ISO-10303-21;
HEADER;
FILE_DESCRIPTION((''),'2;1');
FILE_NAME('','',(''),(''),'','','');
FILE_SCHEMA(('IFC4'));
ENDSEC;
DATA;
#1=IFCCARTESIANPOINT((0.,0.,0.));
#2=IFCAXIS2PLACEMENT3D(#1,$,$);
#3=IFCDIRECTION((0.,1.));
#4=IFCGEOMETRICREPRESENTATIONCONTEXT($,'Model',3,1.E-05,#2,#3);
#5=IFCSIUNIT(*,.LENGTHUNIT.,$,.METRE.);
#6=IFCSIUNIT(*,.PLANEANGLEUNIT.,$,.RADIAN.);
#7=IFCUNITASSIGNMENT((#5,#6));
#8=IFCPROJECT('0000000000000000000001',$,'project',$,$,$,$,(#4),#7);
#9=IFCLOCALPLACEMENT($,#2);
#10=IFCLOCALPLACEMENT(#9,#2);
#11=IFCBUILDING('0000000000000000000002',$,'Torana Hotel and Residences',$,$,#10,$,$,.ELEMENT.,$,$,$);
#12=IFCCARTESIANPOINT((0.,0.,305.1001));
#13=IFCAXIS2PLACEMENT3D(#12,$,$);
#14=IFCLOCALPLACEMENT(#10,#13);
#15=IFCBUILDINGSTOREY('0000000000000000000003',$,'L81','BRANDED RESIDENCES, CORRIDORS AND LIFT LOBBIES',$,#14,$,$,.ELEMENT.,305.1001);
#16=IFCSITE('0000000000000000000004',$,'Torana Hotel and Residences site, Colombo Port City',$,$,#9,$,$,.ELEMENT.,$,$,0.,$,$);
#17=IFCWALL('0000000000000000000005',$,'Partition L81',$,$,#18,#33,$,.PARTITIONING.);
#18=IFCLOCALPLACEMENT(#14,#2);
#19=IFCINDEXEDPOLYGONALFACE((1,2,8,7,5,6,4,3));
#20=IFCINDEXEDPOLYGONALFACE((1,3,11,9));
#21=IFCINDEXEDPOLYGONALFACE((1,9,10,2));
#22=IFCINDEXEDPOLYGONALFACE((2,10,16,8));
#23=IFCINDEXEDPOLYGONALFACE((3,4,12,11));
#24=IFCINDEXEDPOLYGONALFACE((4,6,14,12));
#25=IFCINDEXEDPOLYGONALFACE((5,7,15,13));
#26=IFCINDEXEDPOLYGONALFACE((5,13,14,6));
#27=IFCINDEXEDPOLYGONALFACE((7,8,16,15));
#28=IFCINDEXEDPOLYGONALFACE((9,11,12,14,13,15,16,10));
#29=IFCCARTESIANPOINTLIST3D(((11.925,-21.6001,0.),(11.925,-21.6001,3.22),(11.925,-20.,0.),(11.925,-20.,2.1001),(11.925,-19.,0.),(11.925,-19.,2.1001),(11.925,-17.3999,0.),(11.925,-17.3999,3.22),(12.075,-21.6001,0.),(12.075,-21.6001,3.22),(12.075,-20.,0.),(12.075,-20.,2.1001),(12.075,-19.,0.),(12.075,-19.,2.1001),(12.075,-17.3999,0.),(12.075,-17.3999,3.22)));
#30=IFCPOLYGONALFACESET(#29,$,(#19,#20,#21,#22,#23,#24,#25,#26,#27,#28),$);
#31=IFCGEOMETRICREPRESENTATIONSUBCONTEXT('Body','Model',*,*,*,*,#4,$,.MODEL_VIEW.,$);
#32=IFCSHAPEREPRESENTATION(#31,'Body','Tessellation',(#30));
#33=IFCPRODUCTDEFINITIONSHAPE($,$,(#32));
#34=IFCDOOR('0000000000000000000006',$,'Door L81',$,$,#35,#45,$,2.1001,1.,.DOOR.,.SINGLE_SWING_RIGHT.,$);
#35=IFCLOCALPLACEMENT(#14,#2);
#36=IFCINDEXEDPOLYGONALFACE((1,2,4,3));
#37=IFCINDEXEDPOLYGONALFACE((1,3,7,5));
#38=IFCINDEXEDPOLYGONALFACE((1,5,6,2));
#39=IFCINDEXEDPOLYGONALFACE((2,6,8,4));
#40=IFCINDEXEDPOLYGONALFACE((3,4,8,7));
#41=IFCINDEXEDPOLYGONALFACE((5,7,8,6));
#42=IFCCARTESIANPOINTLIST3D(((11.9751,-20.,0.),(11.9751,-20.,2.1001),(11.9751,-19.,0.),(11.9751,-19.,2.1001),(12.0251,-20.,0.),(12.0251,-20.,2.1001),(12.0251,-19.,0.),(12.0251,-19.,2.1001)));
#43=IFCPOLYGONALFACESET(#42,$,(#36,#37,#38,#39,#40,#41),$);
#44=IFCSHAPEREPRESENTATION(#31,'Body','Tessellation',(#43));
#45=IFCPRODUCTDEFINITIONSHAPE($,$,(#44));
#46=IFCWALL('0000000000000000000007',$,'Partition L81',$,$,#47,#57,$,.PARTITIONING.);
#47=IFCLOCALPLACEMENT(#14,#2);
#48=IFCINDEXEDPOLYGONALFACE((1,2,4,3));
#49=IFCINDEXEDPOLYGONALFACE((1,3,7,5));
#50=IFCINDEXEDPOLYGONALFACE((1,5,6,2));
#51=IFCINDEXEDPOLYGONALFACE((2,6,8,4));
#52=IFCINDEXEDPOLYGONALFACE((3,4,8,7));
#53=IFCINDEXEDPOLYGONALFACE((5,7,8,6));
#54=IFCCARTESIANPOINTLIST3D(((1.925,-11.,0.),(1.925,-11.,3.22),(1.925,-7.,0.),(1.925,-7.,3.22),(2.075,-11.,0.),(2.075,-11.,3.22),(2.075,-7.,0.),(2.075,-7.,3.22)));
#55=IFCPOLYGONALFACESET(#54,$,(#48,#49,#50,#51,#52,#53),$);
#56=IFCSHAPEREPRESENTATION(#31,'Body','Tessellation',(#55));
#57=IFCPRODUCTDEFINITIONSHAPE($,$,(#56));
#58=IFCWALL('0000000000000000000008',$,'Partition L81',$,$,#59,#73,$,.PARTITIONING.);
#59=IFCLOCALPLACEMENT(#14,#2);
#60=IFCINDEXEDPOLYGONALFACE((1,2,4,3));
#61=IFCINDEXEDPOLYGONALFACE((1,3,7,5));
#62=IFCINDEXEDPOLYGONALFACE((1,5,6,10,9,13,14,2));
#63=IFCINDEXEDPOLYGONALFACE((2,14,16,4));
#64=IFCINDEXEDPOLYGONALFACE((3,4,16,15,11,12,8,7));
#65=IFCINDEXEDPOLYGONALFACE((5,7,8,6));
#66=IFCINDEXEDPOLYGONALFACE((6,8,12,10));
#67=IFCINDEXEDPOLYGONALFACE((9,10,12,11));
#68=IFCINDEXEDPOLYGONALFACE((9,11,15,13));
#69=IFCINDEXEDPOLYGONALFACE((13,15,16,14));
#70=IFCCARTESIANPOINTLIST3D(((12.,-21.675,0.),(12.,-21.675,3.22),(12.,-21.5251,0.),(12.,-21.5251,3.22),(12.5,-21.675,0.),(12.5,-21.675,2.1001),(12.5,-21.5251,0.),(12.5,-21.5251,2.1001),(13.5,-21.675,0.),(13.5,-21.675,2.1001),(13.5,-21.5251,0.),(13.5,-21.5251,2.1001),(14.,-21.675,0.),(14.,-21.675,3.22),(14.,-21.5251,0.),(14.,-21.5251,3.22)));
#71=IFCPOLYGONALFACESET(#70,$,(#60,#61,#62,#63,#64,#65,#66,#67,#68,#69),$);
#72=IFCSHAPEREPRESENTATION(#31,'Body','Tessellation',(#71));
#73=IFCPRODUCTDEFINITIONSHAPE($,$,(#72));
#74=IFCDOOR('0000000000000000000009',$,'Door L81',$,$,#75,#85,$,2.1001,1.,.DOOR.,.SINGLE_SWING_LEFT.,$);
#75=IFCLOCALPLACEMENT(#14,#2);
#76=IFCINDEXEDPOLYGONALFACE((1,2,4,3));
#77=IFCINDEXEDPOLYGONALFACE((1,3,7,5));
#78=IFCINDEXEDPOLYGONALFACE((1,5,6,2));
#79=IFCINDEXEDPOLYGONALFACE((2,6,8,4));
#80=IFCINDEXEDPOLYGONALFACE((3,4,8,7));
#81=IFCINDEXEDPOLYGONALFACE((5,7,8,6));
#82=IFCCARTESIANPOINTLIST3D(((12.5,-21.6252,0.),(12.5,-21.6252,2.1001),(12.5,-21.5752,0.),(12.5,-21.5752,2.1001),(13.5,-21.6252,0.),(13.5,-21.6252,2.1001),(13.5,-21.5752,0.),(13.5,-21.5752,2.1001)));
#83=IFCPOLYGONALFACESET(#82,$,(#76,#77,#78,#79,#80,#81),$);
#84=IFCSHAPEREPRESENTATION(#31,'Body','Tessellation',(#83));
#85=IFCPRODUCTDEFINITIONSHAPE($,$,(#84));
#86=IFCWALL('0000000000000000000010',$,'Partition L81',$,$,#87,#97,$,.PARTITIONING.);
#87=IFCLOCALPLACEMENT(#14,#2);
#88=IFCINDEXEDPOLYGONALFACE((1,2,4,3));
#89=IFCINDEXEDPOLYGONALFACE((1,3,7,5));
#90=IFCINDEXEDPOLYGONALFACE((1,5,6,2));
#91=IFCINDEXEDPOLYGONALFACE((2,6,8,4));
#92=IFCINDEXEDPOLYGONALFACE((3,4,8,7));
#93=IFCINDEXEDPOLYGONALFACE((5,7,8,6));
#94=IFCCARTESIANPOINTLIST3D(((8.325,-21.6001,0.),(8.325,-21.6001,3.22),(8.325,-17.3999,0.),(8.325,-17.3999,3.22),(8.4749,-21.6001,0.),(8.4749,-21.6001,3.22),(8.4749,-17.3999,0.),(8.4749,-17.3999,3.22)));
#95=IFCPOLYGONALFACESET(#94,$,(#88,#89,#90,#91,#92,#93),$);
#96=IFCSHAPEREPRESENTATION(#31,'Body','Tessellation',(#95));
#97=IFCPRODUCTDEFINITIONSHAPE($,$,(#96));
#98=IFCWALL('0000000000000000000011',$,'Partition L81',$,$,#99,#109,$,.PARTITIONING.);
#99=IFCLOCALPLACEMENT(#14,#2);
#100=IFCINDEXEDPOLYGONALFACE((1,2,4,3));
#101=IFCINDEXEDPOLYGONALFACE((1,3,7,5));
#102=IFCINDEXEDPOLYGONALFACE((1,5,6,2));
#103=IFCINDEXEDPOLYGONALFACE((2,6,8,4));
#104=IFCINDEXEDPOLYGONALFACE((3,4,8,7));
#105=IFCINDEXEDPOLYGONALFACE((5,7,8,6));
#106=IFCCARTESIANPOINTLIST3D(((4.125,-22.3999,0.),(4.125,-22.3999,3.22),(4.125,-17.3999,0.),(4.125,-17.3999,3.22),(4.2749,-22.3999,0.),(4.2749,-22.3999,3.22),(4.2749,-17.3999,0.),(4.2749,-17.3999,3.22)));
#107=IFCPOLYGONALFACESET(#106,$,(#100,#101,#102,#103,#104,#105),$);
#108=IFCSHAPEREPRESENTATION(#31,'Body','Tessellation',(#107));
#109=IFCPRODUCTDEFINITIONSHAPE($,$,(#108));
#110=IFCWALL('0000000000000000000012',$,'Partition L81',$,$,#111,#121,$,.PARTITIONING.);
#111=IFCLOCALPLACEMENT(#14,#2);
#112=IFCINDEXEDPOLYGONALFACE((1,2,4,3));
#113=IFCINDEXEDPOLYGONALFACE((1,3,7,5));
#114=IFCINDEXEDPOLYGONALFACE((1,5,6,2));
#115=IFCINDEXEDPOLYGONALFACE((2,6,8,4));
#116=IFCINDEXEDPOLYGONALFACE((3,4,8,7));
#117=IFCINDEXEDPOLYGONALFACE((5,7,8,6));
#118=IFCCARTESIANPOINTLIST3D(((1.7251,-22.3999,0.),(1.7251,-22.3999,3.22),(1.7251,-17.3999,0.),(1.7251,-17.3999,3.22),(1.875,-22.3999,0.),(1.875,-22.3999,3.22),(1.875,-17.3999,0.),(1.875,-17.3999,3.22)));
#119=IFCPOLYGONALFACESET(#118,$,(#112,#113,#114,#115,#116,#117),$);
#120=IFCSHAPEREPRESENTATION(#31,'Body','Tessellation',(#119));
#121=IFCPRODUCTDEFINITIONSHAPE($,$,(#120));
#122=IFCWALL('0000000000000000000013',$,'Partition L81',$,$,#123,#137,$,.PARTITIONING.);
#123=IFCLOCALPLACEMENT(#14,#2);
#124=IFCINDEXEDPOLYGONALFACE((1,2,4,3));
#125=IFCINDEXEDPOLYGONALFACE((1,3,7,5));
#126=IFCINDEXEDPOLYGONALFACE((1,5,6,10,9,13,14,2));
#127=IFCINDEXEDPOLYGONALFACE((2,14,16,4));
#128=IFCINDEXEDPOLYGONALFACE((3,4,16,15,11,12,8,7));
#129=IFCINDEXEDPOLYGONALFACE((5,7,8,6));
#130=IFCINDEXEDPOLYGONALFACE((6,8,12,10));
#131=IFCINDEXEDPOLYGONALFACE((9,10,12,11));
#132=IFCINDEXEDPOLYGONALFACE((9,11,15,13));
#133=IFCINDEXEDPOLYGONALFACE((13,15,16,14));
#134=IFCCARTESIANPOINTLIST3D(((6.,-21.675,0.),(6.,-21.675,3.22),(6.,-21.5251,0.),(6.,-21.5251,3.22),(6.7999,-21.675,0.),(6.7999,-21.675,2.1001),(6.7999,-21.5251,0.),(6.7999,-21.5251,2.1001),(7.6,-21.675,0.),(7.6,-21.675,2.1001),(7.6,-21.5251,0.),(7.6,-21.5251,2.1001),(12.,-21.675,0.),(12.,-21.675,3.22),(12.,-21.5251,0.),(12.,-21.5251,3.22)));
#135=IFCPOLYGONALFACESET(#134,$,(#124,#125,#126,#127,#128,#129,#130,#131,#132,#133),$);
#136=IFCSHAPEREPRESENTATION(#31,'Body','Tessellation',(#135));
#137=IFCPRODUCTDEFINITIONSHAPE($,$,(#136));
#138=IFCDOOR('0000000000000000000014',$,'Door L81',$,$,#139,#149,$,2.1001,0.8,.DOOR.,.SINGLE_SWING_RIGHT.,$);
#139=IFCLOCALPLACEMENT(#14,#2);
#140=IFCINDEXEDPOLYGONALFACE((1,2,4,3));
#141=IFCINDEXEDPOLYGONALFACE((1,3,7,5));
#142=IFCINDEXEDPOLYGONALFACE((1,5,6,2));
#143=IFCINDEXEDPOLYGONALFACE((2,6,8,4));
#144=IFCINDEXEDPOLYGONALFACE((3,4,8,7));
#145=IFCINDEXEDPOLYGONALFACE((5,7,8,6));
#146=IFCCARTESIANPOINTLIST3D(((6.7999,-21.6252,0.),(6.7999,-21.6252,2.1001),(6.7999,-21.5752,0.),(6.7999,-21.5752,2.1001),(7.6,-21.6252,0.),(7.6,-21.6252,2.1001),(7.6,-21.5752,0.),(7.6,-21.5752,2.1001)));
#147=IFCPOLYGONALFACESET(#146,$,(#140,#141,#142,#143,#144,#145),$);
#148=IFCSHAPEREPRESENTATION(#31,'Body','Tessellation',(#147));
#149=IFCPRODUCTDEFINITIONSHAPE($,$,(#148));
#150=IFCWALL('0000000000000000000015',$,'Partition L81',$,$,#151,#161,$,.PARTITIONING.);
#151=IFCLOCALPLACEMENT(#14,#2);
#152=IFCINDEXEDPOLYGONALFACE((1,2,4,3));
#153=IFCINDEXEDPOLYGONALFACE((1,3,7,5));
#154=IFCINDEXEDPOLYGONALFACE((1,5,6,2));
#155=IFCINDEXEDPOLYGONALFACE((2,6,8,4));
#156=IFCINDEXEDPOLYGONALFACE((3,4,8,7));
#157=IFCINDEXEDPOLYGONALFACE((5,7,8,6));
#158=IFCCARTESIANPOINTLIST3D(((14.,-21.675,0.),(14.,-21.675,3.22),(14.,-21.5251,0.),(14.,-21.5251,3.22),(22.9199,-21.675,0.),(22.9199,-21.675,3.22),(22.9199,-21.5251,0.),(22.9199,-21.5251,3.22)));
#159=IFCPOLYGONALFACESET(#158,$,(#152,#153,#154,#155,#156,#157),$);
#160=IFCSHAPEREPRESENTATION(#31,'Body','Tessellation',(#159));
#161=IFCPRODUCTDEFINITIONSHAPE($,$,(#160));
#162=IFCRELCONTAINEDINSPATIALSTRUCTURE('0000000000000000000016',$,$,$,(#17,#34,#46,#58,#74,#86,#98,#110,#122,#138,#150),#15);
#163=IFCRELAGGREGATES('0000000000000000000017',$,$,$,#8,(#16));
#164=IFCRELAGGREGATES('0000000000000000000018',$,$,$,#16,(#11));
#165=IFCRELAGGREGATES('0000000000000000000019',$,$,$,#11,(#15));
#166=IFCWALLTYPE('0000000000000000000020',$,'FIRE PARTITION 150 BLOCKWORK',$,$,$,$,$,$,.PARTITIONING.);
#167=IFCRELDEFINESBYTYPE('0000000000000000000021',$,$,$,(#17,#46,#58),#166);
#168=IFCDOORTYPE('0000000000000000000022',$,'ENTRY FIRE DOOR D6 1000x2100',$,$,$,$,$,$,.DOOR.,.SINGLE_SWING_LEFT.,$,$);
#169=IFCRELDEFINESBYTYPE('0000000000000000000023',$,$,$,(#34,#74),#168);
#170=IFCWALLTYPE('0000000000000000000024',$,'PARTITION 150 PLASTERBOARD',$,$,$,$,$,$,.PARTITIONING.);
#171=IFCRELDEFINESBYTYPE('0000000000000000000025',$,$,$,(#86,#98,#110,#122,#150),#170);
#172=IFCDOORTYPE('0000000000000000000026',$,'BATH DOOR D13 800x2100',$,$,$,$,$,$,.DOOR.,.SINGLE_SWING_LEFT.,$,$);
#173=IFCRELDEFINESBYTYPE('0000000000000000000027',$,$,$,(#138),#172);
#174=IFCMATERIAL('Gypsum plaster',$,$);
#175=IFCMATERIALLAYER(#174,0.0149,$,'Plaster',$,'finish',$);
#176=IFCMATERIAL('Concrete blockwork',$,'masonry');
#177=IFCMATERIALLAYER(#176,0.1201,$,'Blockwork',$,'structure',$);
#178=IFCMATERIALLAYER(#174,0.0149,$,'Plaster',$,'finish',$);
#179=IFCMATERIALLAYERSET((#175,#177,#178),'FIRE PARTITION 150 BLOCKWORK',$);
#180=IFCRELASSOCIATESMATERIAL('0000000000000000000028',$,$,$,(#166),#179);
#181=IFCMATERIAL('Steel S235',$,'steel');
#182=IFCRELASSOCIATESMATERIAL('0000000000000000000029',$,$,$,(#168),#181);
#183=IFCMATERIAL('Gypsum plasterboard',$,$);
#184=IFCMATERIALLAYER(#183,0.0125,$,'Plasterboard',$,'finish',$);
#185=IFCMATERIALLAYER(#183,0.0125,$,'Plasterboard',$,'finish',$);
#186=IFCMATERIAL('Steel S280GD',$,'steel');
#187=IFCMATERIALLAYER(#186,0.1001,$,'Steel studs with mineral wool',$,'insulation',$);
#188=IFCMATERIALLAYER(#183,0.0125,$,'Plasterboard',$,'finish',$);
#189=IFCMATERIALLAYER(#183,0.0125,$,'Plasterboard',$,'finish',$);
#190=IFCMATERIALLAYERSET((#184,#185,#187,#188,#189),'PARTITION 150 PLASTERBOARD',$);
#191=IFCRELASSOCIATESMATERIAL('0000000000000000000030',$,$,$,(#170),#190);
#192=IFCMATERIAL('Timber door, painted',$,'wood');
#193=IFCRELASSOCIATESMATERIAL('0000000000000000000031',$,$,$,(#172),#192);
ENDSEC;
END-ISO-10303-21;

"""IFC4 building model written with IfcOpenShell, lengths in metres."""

from ifc_helpers import new_model, si_unit, direction, frame, frame_2d, origin, place, context, subcontext, project, spatial, rectangle, extrude, material, layer, layer_set, type_object, element, fill, save


model = new_model("IFC4")

# Units and contexts
model_context = context("Model", 3, precision=1e-05, world=origin(), true_north=direction((0.0, 1.0)))
body_context = subcontext(model_context, "Body", "Model", "MODEL_VIEW")
ifc_project = project(units=[si_unit("LENGTHUNIT", "METRE"), si_unit("PLANEANGLEUNIT", "RADIAN")], contexts=[model_context])

# Site, building, storey
site_placement = place(None, origin())
site = spatial("IfcSite", under=ifc_project, at=site_placement, Name="Torana Hotel and Residences site, Colombo Port City", CompositionType="ELEMENT", RefElevation=0.0)
building_placement = place(site_placement, origin())
building = spatial("IfcBuilding", under=site, at=building_placement, Name="Torana Hotel and Residences", CompositionType="ELEMENT")
storey_placement = place(building_placement, frame((0.0, 0.0, 305.1001)))
storey = spatial("IfcBuildingStorey", under=building, at=storey_placement, Name="L81", Description="BRANDED RESIDENCES, CORRIDORS AND LIFT LOBBIES", CompositionType="ELEMENT", Elevation=305.1001)

# Wall, opening, door
ifc_material_1 = material(Name="Gypsum plaster")
ifc_layer_1 = layer(ifc_material_1, 0.0149, Name="Plaster", Category="finish")
ifc_material_2 = material(Name="Concrete blockwork", Category="masonry")
ifc_layer_2 = layer(ifc_material_2, 0.1201, Name="Blockwork", Category="structure")
ifc_layer_3 = layer(ifc_material_1, 0.0149, Name="Plaster", Category="finish")
ifc_layer_set_1 = layer_set([ifc_layer_1, ifc_layer_2, ifc_layer_3], Name="FIRE PARTITION 150 BLOCKWORK")
wall_type_1 = type_object("IfcWallType", Name="FIRE PARTITION 150 BLOCKWORK", PredefinedType="PARTITIONING", material=ifc_layer_set_1)
ifc_material_3 = material(Name="Steel S235", Category="steel")
door_type_1 = type_object("IfcDoorType", Name="ENTRY FIRE DOOR D6 1000x2100", OperationType="SINGLE_SWING_LEFT", PredefinedType="DOOR", material=ifc_material_3)
wall_1_placement = place(storey_placement, frame((12.0, -21.6001, 0.0), z_axis=(0.0, 0.0, 1.0), x_axis=(0.0, 1.0, 0.0)))
wall_1 = element("IfcWall", 1, at=wall_1_placement, inside=storey, type_object=wall_type_1, Name="Partition L81", PredefinedType="PARTITIONING", context=body_context, shape_type="SweptSolid", body=[
    extrude(rectangle(XDim=4.2002, YDim=0.1499, at=frame_2d((2.1001, 0.0))), origin(), (0.0, 0.0, 1.0), 3.22),
])
opening_1_placement = place(wall_1_placement, frame((1.6001, 0.0, 0.0)))
opening_1 = element("IfcOpeningElement", 2, at=opening_1_placement, cuts=wall_1, PredefinedType="OPENING", context=body_context, shape_type="SweptSolid", body=[
    extrude(rectangle(XDim=1.0, YDim=2.1001, at=frame_2d((0.5, 1.05))), frame((0.0, 0.085, 0.0), z_axis=(0.0, -1.0, 0.0), x_axis=(1.0, 0.0, 0.0)), (0.0, 0.0, 1.0), 0.1699),
])
door_1_placement = place(opening_1_placement, origin())
door_1 = element("IfcDoor", 3, at=door_1_placement, inside=storey, type_object=door_type_1, Name="Door L81", OperationType="SINGLE_SWING_RIGHT", OverallHeight=2.1001, OverallWidth=1.0, PredefinedType="DOOR", context=body_context, shape_type="SweptSolid", body=[
    extrude(rectangle(XDim=1.0, YDim=2.1001, at=frame_2d((0.5, 1.05))), frame((0.0, 0.0249, 0.0), z_axis=(0.0, -1.0, 0.0), x_axis=(1.0, 0.0, 0.0)), (0.0, 0.0, 1.0), 0.05),
])
fill(opening_1, door_1)

# Wall
wall_2_placement = place(storey_placement, frame((2.0, -11.0, 0.0), z_axis=(0.0, 0.0, 1.0), x_axis=(0.0, 1.0, 0.0)))
element("IfcWall", 4, at=wall_2_placement, inside=storey, type_object=wall_type_1, Name="Partition L81", PredefinedType="PARTITIONING", context=body_context, shape_type="SweptSolid", body=[
    extrude(rectangle(XDim=4.0, YDim=0.1499, at=frame_2d((2.0, 0.0))), origin(), (0.0, 0.0, 1.0), 3.22),
])

# Wall, opening, door
wall_3_placement = place(storey_placement, frame((12.0, -21.6001, 0.0), z_axis=(0.0, 0.0, 1.0), x_axis=(1.0, 0.0, 0.0)))
wall_3 = element("IfcWall", 5, at=wall_3_placement, inside=storey, type_object=wall_type_1, Name="Partition L81", PredefinedType="PARTITIONING", context=body_context, shape_type="SweptSolid", body=[
    extrude(rectangle(XDim=2.0, YDim=0.1499, at=frame_2d((1.0, 0.0))), origin(), (0.0, 0.0, 1.0), 3.22),
])
opening_2_placement = place(wall_3_placement, frame((0.5, 0.0, 0.0)))
opening_2 = element("IfcOpeningElement", 6, at=opening_2_placement, cuts=wall_3, PredefinedType="OPENING", context=body_context, shape_type="SweptSolid", body=[
    extrude(rectangle(XDim=1.0, YDim=2.1001, at=frame_2d((0.5, 1.05))), frame((0.0, 0.085, 0.0), z_axis=(0.0, -1.0, 0.0), x_axis=(1.0, 0.0, 0.0)), (0.0, 0.0, 1.0), 0.1699),
])
door_2_placement = place(opening_2_placement, frame((0.5, 0.0, 0.0), z_axis=(0.0, 0.0, 1.0), x_axis=(-1.0, 0.0, 0.0)))
door_2 = element("IfcDoor", 7, at=door_2_placement, inside=storey, type_object=door_type_1, Name="Door L81", OperationType="SINGLE_SWING_LEFT", OverallHeight=2.1001, OverallWidth=1.0, PredefinedType="DOOR", context=body_context, shape_type="SweptSolid", body=[
    extrude(rectangle(XDim=1.0, YDim=2.1001, at=frame_2d((0.0, 1.05))), frame((0.0, -0.0249, 0.0), z_axis=(0.0, 1.0, 0.0), x_axis=(-1.0, 0.0, 0.0)), (0.0, 0.0, 1.0), 0.05),
])
fill(opening_2, door_2)

# Walls
ifc_material_4 = material(Name="Gypsum plasterboard")
ifc_layer_4 = layer(ifc_material_4, 0.0125, Name="Plasterboard", Category="finish")
ifc_layer_5 = layer(ifc_material_4, 0.0125, Name="Plasterboard", Category="finish")
ifc_material_5 = material(Name="Steel S280GD", Category="steel")
ifc_layer_6 = layer(ifc_material_5, 0.1001, Name="Steel studs with mineral wool", Category="insulation")
ifc_layer_7 = layer(ifc_material_4, 0.0125, Name="Plasterboard", Category="finish")
ifc_layer_8 = layer(ifc_material_4, 0.0125, Name="Plasterboard", Category="finish")
ifc_layer_set_2 = layer_set([ifc_layer_4, ifc_layer_5, ifc_layer_6, ifc_layer_7, ifc_layer_8], Name="PARTITION 150 PLASTERBOARD")
wall_type_2 = type_object("IfcWallType", Name="PARTITION 150 PLASTERBOARD", PredefinedType="PARTITIONING", material=ifc_layer_set_2)
wall_4_placement = place(storey_placement, frame((8.3999, -21.6001, 0.0), z_axis=(0.0, 0.0, 1.0), x_axis=(0.0, 1.0, 0.0)))
element("IfcWall", 8, at=wall_4_placement, inside=storey, type_object=wall_type_2, Name="Partition L81", PredefinedType="PARTITIONING", context=body_context, shape_type="SweptSolid", body=[
    extrude(rectangle(XDim=4.2002, YDim=0.1499, at=frame_2d((2.1001, 0.0))), origin(), (0.0, 0.0, 1.0), 3.22),
])
for number, where, z_axis, x_axis, name in (
    (9, (4.2, -22.3999, 0.0), (0.0, 0.0, 1.0), (0.0, 1.0, 0.0), "Partition L81"),
    (10, (1.8, -22.3999, 0.0), (0.0, 0.0, 1.0), (0.0, 1.0, 0.0), "Partition L81"),
):
    element("IfcWall", number, at=place(storey_placement, frame(where, z_axis=z_axis, x_axis=x_axis)), inside=storey, type_object=wall_type_2, Name=name, PredefinedType="PARTITIONING", context=body_context, shape_type="SweptSolid", body=[
        extrude(rectangle(XDim=5.0, YDim=0.1499, at=frame_2d((2.5, 0.0))), origin(), (0.0, 0.0, 1.0), 3.22),
    ])

# Wall, opening, door
wall_5_placement = place(storey_placement, frame((6.0, -21.6001, 0.0), z_axis=(0.0, 0.0, 1.0), x_axis=(1.0, 0.0, 0.0)))
wall_5 = element("IfcWall", 11, at=wall_5_placement, inside=storey, type_object=wall_type_2, Name="Partition L81", PredefinedType="PARTITIONING", context=body_context, shape_type="SweptSolid", body=[
    extrude(rectangle(XDim=6.0, YDim=0.1499, at=frame_2d((3.0, 0.0))), origin(), (0.0, 0.0, 1.0), 3.22),
])
opening_3_placement = place(wall_5_placement, frame((0.8, 0.0, 0.0)))
opening_3 = element("IfcOpeningElement", 12, at=opening_3_placement, cuts=wall_5, PredefinedType="OPENING", context=body_context, shape_type="SweptSolid", body=[
    extrude(rectangle(XDim=0.8, YDim=2.1001, at=frame_2d((0.3999, 1.05))), frame((0.0, 0.085, 0.0), z_axis=(0.0, -1.0, 0.0), x_axis=(1.0, 0.0, 0.0)), (0.0, 0.0, 1.0), 0.1699),
])
ifc_material_6 = material(Name="Timber door, painted", Category="wood")
door_type_2 = type_object("IfcDoorType", Name="BATH DOOR D13 800x2100", OperationType="SINGLE_SWING_LEFT", PredefinedType="DOOR", material=ifc_material_6)
door_3_placement = place(opening_3_placement, origin())
door_3 = element("IfcDoor", 13, at=door_3_placement, inside=storey, type_object=door_type_2, Name="Door L81", OperationType="SINGLE_SWING_RIGHT", OverallHeight=2.1001, OverallWidth=0.8, PredefinedType="DOOR", context=body_context, shape_type="SweptSolid", body=[
    extrude(rectangle(XDim=0.8, YDim=2.1001, at=frame_2d((0.3999, 1.05))), frame((0.0, 0.0249, 0.0), z_axis=(0.0, -1.0, 0.0), x_axis=(1.0, 0.0, 0.0)), (0.0, 0.0, 1.0), 0.05),
])
fill(opening_3, door_3)

# Wall
wall_6_placement = place(storey_placement, frame((14.0, -21.6001, 0.0), z_axis=(0.0, 0.0, 1.0), x_axis=(1.0, 0.0, 0.0)))
element("IfcWall", 14, at=wall_6_placement, inside=storey, type_object=wall_type_2, Name="Partition L81", PredefinedType="PARTITIONING", context=body_context, shape_type="SweptSolid", body=[
    extrude(rectangle(XDim=8.9199, YDim=0.1499, at=frame_2d((4.46, 0.0))), origin(), (0.0, 0.0, 1.0), 3.22),
])

save(model, "model.ifc")
